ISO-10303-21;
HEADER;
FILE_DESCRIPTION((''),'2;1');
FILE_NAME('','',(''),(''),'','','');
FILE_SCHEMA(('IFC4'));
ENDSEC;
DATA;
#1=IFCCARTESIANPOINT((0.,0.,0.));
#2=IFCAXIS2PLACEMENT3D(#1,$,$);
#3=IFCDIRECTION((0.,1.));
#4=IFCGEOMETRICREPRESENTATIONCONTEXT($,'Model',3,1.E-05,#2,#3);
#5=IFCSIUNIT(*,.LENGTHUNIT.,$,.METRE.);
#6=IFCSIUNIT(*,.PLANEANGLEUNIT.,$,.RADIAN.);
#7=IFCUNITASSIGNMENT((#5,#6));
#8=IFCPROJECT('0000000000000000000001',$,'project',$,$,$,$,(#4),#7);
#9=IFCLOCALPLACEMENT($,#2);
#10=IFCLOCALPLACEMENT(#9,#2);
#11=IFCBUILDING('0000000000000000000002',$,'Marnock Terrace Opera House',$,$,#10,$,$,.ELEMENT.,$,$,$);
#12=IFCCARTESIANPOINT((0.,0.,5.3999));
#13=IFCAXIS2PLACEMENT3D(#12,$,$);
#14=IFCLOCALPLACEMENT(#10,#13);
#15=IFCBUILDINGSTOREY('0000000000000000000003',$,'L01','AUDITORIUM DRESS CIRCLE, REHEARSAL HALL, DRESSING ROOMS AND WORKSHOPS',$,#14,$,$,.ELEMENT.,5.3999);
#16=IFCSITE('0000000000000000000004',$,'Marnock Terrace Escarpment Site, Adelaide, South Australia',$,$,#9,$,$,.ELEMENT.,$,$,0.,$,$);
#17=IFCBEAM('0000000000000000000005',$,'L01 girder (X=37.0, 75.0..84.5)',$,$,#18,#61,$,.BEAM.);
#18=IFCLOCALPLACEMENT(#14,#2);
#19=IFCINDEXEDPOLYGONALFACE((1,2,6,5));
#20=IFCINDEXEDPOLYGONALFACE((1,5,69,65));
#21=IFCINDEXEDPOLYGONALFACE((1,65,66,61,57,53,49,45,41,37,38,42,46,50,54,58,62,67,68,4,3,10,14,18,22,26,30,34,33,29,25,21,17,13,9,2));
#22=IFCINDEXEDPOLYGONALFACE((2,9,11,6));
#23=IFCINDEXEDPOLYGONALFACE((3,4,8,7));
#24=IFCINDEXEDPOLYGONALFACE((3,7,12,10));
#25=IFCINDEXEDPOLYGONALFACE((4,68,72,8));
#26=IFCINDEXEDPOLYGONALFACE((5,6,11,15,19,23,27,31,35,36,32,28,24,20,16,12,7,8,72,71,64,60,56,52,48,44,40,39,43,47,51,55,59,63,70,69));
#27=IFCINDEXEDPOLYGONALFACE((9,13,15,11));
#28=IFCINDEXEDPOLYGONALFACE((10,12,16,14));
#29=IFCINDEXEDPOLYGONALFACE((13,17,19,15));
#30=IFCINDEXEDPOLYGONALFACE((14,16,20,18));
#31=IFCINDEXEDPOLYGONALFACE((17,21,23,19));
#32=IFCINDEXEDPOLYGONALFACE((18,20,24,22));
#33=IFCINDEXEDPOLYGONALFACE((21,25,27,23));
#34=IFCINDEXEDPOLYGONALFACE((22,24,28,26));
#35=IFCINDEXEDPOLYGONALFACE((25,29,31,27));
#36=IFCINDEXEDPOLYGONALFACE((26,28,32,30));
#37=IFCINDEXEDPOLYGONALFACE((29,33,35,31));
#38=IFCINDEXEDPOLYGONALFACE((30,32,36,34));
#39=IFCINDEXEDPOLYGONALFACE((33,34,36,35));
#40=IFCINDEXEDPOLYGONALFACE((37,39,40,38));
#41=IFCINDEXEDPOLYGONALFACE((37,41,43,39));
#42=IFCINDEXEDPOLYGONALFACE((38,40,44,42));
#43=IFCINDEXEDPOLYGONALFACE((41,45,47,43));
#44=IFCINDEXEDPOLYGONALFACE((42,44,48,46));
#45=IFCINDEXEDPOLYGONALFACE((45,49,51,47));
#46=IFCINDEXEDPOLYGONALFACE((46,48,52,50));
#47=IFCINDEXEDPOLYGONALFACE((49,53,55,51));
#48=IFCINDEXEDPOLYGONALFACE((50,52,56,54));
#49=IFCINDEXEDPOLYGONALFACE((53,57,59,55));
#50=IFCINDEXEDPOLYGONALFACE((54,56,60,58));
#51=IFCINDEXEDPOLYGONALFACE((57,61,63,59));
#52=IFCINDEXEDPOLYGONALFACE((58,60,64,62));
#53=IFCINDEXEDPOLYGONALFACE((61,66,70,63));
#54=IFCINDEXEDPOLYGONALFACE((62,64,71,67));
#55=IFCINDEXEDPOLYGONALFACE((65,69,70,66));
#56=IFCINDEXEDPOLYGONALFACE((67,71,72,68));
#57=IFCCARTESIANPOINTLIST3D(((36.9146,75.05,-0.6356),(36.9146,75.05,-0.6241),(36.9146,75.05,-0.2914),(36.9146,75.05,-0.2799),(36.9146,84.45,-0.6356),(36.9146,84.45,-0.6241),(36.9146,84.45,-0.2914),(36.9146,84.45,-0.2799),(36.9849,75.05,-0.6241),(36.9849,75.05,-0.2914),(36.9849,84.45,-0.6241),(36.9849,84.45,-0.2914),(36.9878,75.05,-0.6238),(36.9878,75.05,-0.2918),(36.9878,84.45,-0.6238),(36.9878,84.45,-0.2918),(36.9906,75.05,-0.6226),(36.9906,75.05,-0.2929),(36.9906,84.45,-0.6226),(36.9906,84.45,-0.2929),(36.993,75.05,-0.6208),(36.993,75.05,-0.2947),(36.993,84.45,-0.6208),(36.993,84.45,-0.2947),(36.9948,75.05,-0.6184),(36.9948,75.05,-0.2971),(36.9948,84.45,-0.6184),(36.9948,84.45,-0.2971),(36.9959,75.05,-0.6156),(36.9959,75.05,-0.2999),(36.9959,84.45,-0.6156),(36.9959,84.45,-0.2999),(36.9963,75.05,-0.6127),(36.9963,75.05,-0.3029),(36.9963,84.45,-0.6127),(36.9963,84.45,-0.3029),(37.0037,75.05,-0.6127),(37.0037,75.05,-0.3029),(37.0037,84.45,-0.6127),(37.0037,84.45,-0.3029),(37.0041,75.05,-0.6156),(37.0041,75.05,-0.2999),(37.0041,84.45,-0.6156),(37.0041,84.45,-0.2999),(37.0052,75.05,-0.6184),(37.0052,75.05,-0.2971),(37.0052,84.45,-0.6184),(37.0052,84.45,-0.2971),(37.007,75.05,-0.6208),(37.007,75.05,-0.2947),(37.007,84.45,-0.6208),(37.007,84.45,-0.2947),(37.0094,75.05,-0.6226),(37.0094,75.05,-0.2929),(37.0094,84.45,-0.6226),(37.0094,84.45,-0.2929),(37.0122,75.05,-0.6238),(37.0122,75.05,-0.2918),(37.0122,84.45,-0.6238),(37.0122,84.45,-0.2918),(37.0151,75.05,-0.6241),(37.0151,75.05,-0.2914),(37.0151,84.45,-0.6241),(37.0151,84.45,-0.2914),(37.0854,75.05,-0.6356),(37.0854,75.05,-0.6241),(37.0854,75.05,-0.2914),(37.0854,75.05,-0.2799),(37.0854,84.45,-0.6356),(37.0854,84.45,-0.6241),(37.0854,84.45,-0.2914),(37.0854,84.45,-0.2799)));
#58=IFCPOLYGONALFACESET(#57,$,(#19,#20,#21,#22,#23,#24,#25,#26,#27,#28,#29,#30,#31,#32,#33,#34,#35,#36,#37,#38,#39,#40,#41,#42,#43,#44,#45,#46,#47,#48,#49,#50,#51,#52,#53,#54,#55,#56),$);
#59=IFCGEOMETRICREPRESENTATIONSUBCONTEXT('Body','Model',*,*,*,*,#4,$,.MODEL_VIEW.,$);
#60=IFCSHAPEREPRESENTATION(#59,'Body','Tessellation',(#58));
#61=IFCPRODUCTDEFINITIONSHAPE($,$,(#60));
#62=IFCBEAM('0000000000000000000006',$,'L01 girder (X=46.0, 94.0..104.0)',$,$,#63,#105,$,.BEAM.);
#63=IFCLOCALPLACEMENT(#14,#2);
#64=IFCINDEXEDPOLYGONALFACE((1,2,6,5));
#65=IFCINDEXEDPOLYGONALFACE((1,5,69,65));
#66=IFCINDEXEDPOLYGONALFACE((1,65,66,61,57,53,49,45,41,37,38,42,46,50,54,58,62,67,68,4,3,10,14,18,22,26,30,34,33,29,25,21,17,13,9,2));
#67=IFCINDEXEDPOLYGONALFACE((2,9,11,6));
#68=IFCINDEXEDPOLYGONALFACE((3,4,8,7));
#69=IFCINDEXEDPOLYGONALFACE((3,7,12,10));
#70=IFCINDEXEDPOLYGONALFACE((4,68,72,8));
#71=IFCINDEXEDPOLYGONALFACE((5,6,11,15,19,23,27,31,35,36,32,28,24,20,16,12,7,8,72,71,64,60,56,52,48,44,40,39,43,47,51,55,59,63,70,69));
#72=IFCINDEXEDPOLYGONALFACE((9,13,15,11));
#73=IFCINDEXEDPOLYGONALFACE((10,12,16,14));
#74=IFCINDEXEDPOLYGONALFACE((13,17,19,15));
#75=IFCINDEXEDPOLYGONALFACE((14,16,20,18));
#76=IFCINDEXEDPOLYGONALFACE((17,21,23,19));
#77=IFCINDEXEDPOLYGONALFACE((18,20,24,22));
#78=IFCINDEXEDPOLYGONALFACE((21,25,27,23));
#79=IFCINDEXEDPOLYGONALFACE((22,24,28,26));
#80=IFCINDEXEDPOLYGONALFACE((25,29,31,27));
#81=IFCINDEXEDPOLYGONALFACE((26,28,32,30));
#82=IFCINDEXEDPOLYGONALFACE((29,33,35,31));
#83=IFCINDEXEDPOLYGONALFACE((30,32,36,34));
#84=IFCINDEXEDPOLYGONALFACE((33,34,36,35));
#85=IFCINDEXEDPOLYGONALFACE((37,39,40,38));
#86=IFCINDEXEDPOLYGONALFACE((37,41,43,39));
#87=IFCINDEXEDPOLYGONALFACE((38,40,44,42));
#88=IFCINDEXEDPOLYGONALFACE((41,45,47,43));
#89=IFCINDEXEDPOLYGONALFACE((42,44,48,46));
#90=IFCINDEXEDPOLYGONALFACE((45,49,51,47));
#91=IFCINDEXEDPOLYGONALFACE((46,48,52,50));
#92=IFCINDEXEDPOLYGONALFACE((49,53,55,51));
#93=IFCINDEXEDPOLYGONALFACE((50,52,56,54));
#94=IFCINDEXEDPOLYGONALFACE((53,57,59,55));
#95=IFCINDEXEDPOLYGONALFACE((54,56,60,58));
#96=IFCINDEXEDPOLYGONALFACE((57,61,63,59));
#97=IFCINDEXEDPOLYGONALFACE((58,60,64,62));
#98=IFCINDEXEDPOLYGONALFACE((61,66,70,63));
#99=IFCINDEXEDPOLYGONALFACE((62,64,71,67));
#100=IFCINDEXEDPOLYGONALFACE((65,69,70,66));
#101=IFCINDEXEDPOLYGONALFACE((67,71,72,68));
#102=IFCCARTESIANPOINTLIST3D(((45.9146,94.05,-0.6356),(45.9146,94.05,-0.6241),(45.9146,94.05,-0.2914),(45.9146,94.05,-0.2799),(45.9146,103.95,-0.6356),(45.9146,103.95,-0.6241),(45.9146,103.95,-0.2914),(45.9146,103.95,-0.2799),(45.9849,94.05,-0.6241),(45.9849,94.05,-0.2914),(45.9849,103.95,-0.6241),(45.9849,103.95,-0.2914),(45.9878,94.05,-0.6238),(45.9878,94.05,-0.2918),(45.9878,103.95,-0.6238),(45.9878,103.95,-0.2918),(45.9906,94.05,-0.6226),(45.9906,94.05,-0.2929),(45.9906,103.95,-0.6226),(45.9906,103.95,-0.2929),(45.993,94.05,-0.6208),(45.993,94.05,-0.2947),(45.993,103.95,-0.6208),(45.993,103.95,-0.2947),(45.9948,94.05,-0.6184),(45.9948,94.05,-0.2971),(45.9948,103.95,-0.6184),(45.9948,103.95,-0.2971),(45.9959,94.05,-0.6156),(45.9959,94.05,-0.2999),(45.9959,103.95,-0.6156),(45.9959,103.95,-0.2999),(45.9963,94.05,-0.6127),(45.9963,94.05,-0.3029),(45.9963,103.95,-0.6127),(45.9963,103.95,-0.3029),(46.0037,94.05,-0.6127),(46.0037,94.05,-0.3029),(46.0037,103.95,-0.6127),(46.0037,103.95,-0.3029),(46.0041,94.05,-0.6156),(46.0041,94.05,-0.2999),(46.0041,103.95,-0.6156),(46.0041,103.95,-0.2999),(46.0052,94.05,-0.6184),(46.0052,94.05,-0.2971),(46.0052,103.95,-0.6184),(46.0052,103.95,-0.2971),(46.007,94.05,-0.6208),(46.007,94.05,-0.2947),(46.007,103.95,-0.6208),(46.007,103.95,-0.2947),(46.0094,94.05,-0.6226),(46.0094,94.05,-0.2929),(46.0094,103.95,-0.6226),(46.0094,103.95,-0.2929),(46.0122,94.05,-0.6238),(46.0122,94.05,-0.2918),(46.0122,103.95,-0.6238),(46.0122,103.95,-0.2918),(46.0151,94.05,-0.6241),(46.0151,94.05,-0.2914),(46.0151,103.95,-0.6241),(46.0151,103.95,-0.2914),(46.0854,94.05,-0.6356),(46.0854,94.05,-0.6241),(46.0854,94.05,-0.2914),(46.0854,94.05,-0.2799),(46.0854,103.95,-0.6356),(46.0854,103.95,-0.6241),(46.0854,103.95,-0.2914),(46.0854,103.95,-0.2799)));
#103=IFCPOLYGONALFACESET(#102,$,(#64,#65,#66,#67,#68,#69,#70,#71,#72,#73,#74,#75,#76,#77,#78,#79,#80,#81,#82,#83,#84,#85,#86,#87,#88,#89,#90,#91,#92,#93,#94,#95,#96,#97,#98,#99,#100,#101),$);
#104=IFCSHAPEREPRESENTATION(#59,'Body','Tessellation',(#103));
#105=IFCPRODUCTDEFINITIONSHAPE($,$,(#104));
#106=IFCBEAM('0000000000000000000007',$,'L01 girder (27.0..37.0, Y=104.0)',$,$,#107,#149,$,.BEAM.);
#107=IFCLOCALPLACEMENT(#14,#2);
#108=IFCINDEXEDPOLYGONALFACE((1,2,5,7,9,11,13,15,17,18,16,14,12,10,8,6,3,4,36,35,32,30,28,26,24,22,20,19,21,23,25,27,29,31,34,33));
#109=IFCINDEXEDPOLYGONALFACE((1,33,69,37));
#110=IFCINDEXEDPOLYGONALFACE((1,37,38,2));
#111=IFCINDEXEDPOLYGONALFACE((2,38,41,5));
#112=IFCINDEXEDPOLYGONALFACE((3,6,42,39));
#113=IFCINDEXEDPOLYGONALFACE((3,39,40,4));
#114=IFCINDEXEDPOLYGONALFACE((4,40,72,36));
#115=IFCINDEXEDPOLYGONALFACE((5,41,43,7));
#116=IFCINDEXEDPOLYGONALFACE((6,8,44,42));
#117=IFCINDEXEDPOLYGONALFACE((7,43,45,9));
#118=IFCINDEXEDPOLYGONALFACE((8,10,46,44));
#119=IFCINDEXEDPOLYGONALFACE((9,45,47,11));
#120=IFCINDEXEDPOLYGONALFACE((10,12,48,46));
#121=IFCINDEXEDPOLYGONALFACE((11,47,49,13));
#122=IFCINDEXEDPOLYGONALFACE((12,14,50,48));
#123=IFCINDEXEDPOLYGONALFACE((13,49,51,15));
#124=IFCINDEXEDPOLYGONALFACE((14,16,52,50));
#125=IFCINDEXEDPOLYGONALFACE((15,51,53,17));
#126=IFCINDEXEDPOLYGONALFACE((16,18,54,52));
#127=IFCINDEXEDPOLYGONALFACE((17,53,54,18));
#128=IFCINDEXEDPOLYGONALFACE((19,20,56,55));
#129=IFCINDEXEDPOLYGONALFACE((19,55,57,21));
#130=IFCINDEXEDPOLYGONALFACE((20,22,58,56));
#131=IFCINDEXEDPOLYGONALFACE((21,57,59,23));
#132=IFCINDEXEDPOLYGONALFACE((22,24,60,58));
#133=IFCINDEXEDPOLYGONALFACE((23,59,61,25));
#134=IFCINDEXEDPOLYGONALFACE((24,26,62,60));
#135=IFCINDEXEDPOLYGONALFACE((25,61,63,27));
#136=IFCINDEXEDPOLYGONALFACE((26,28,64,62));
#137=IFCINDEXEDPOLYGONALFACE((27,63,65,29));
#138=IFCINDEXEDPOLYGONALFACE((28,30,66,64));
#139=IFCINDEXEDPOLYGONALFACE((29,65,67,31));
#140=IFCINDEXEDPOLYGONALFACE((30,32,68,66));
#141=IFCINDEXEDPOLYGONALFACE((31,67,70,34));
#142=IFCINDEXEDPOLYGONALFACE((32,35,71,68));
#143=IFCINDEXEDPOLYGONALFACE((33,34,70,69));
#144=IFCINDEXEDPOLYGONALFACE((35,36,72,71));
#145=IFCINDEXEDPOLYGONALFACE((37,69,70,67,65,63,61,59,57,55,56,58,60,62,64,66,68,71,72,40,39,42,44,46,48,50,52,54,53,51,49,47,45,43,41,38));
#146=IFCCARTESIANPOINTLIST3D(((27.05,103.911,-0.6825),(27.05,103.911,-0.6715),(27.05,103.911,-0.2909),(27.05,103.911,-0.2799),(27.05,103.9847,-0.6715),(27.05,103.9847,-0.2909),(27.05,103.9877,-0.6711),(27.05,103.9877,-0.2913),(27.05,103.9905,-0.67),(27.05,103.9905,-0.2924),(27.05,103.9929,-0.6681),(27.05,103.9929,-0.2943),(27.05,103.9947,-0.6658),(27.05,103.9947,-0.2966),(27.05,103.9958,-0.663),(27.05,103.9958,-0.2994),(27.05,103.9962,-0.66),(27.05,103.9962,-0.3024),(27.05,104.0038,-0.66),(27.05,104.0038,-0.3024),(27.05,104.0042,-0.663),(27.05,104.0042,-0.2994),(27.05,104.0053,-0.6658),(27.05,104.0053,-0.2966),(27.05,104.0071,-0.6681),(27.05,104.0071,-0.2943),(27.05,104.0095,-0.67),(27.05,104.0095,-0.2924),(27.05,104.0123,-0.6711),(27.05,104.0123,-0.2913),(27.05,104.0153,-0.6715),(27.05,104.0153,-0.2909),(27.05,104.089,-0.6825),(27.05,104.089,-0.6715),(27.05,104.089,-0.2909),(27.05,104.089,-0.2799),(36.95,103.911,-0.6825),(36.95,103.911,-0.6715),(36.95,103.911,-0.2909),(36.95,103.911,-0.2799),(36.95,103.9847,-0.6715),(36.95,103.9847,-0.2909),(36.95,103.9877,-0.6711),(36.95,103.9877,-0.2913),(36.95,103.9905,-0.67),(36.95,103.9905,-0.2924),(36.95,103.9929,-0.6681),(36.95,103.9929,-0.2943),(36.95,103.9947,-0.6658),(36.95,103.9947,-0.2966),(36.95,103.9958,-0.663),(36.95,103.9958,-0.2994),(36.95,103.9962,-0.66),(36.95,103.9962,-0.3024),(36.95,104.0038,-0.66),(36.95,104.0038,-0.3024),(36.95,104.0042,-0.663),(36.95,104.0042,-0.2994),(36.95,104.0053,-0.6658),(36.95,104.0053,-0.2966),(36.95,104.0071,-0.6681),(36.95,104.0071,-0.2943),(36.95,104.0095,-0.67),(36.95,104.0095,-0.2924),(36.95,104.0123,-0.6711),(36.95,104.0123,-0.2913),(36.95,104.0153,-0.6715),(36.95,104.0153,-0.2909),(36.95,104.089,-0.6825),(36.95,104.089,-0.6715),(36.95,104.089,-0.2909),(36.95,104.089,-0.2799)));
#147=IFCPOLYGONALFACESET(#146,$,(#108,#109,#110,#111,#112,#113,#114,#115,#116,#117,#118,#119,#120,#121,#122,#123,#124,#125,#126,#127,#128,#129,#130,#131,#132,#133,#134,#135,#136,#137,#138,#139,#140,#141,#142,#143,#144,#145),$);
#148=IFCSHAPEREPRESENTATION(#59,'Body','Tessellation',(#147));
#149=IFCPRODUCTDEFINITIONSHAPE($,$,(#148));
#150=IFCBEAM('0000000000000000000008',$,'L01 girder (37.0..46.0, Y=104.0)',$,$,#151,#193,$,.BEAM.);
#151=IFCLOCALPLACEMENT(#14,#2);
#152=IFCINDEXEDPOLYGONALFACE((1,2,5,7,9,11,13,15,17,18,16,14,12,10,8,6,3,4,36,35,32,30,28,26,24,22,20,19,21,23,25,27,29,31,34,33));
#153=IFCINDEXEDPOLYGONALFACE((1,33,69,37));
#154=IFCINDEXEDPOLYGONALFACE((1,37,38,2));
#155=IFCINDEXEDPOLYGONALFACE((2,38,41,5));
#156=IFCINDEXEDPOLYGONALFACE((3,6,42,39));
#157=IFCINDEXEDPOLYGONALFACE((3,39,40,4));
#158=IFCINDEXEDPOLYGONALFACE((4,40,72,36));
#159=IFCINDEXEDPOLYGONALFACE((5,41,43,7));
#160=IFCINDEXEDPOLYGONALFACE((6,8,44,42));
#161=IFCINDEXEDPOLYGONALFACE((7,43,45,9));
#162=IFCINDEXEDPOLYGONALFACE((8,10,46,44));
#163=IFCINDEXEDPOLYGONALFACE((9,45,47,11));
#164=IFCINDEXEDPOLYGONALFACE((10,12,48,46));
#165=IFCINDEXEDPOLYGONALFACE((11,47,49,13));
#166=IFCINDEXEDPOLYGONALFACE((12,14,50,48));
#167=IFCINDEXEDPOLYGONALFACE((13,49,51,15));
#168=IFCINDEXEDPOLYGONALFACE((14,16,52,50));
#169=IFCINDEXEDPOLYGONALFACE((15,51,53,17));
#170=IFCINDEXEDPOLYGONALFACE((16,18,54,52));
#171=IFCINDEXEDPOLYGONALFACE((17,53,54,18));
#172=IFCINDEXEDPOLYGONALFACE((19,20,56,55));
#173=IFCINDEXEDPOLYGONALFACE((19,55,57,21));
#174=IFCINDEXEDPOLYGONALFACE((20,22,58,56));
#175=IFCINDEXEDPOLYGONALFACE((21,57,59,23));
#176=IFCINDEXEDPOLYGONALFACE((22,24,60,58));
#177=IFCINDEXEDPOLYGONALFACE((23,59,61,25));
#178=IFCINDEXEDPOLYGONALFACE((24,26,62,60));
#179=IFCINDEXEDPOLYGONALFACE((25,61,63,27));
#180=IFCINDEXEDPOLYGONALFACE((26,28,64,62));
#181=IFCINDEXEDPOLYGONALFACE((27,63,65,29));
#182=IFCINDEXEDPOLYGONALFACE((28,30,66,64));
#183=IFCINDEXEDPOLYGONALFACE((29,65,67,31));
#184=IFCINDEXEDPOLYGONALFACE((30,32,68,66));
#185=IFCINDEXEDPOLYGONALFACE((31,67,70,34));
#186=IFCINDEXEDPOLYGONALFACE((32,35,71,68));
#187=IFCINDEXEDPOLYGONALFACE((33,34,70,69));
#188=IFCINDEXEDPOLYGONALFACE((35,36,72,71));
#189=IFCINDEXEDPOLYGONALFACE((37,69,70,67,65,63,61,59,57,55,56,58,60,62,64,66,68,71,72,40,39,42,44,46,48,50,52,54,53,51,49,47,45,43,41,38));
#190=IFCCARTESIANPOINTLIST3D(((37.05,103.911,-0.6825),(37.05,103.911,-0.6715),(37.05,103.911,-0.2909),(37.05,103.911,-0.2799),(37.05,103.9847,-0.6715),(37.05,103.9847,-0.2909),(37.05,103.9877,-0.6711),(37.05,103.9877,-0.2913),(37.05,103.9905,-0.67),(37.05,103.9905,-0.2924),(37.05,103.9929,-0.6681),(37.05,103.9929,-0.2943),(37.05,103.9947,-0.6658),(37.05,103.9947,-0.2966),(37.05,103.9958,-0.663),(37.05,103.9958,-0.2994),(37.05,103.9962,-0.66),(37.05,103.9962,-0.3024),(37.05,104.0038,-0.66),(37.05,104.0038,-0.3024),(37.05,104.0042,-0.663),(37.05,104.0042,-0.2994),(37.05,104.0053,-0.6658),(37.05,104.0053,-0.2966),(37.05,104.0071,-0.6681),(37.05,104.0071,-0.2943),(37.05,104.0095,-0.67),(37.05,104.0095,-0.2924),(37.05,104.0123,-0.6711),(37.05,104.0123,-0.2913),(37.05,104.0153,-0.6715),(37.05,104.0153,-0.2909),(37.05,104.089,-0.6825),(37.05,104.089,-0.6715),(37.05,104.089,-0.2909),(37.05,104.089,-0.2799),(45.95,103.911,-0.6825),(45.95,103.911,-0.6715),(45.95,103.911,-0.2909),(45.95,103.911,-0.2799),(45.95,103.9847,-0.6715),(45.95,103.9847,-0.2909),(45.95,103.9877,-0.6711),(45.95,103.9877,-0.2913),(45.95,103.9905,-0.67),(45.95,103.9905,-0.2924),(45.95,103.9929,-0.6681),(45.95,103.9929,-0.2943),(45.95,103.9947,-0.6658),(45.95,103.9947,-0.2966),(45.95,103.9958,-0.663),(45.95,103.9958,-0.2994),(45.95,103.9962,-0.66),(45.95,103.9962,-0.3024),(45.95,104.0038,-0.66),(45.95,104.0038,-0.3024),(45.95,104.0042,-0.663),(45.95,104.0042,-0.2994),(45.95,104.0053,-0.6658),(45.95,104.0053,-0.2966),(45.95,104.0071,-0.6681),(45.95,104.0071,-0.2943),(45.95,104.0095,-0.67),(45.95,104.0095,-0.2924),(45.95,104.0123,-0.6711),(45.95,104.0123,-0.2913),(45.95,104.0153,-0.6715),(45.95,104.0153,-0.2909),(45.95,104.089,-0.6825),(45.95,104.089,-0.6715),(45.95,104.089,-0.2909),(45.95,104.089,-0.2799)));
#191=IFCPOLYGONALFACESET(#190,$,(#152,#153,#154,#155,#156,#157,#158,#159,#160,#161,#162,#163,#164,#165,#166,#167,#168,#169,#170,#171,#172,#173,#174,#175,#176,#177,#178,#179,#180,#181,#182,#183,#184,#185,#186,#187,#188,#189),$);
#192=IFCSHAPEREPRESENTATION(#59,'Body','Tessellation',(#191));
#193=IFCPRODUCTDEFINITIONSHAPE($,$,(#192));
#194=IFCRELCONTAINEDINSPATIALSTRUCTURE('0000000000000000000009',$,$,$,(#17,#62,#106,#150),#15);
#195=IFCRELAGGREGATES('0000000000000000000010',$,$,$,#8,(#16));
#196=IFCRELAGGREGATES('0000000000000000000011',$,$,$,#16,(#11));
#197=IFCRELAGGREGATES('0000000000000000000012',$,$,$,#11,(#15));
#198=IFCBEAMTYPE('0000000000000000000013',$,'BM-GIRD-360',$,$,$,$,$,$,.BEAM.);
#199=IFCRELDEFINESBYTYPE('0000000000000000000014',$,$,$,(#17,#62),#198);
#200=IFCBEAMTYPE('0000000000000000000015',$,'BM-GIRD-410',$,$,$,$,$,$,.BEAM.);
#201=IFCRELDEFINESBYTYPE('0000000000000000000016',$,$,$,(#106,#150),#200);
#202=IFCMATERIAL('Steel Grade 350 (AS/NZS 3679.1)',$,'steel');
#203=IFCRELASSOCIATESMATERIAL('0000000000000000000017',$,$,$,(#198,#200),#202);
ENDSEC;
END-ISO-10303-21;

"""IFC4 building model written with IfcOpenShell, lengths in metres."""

from ifc_helpers import new_model, si_unit, direction, frame, origin, origin_2d, place, context, subcontext, project, spatial, i_section, extrude, material, material_profile, profile_set, type_object, element, save


model = new_model("IFC4")

# Units and contexts
model_context = context("Model", 3, precision=1e-05, world=origin(), true_north=direction((0.0, 1.0)))
body_context = subcontext(model_context, "Body", "Model", "MODEL_VIEW")
ifc_project = project(units=[si_unit("LENGTHUNIT", "METRE"), si_unit("PLANEANGLEUNIT", "RADIAN")], contexts=[model_context])

# Site, building, storey
site_placement = place(None, origin())
site = spatial("IfcSite", under=ifc_project, at=site_placement, Name="Marnock Terrace Escarpment Site, Adelaide, South Australia", CompositionType="ELEMENT", RefElevation=0.0)
building_placement = place(site_placement, origin())
building = spatial("IfcBuilding", under=site, at=building_placement, Name="Marnock Terrace Opera House", CompositionType="ELEMENT")
storey_placement = place(building_placement, frame((0.0, 0.0, 5.3999)))
storey = spatial("IfcBuildingStorey", under=building, at=storey_placement, Name="L01", Description="AUDITORIUM DRESS CIRCLE, REHEARSAL HALL, DRESSING ROOMS AND WORKSHOPS", CompositionType="ELEMENT", Elevation=5.3999)

# Shared definitions
ifc_material_1 = material(Name="Steel Grade 350 (AS/NZS 3679.1)", Category="steel")

# Beams
ifc_material_profile_1 = material_profile(ifc_material_1, i_section(OverallWidth=0.1709, OverallDepth=0.3557, WebThickness=0.0073, FlangeThickness=0.0115, FilletRadius=0.0115, at=origin_2d()))
ifc_profile_set_1 = profile_set([ifc_material_profile_1], Name="Steel Grade 350 (AS/NZS 3679.1)")
beam_type_1 = type_object("IfcBeamType", Name="BM-GIRD-360", PredefinedType="BEAM", material=ifc_profile_set_1)
beam_1_placement = place(storey_placement, frame((37.0, 75.05, -0.4578), z_axis=(0.0, 1.0, 0.0), x_axis=(-1.0, 0.0, 0.0)))
element("IfcBeam", 1, at=beam_1_placement, inside=storey, type_object=beam_type_1, Name="L01 girder (X=37.0, 75.0..84.5)", PredefinedType="BEAM", context=body_context, shape_type="SweptSolid", body=[
    extrude(i_section(OverallWidth=0.1709, OverallDepth=0.3557, WebThickness=0.0073, FlangeThickness=0.0115, FilletRadius=0.0115, at=origin_2d()), origin(), (0.0, 0.0, 1.0), 9.3999),
])
beam_2_placement = place(storey_placement, frame((46.0, 94.05, -0.4578), z_axis=(0.0, 1.0, 0.0), x_axis=(-1.0, 0.0, 0.0)))
element("IfcBeam", 2, at=beam_2_placement, inside=storey, type_object=beam_type_1, Name="L01 girder (X=46.0, 94.0..104.0)", PredefinedType="BEAM", context=body_context, shape_type="SweptSolid", body=[
    extrude(i_section(OverallWidth=0.1709, OverallDepth=0.3557, WebThickness=0.0073, FlangeThickness=0.0115, FilletRadius=0.0115, at=origin_2d()), origin(), (0.0, 0.0, 1.0), 9.8999),
])
ifc_material_profile_2 = material_profile(ifc_material_1, i_section(OverallWidth=0.178, OverallDepth=0.4026, WebThickness=0.0076, FlangeThickness=0.011, FilletRadius=0.0115, at=origin_2d()))
ifc_profile_set_2 = profile_set([ifc_material_profile_2], Name="Steel Grade 350 (AS/NZS 3679.1)")
beam_type_2 = type_object("IfcBeamType", Name="BM-GIRD-410", PredefinedType="BEAM", material=ifc_profile_set_2)
beam_3_placement = place(storey_placement, frame((27.05, 104.0, -0.4812), z_axis=(1.0, 0.0, 0.0), x_axis=(0.0, 1.0, 0.0)))
element("IfcBeam", 3, at=beam_3_placement, inside=storey, type_object=beam_type_2, Name="L01 girder (27.0..37.0, Y=104.0)", PredefinedType="BEAM", context=body_context, shape_type="SweptSolid", body=[
    extrude(i_section(OverallWidth=0.178, OverallDepth=0.4026, WebThickness=0.0076, FlangeThickness=0.011, FilletRadius=0.0115, at=origin_2d()), origin(), (0.0, 0.0, 1.0), 9.8999),
])
beam_4_placement = place(storey_placement, frame((37.05, 104.0, -0.4812), z_axis=(1.0, 0.0, 0.0), x_axis=(0.0, 1.0, 0.0)))
element("IfcBeam", 4, at=beam_4_placement, inside=storey, type_object=beam_type_2, Name="L01 girder (37.0..46.0, Y=104.0)", PredefinedType="BEAM", context=body_context, shape_type="SweptSolid", body=[
    extrude(i_section(OverallWidth=0.178, OverallDepth=0.4026, WebThickness=0.0076, FlangeThickness=0.011, FilletRadius=0.0115, at=origin_2d()), origin(), (0.0, 0.0, 1.0), 8.8999),
])

save(model, "model.ifc")
